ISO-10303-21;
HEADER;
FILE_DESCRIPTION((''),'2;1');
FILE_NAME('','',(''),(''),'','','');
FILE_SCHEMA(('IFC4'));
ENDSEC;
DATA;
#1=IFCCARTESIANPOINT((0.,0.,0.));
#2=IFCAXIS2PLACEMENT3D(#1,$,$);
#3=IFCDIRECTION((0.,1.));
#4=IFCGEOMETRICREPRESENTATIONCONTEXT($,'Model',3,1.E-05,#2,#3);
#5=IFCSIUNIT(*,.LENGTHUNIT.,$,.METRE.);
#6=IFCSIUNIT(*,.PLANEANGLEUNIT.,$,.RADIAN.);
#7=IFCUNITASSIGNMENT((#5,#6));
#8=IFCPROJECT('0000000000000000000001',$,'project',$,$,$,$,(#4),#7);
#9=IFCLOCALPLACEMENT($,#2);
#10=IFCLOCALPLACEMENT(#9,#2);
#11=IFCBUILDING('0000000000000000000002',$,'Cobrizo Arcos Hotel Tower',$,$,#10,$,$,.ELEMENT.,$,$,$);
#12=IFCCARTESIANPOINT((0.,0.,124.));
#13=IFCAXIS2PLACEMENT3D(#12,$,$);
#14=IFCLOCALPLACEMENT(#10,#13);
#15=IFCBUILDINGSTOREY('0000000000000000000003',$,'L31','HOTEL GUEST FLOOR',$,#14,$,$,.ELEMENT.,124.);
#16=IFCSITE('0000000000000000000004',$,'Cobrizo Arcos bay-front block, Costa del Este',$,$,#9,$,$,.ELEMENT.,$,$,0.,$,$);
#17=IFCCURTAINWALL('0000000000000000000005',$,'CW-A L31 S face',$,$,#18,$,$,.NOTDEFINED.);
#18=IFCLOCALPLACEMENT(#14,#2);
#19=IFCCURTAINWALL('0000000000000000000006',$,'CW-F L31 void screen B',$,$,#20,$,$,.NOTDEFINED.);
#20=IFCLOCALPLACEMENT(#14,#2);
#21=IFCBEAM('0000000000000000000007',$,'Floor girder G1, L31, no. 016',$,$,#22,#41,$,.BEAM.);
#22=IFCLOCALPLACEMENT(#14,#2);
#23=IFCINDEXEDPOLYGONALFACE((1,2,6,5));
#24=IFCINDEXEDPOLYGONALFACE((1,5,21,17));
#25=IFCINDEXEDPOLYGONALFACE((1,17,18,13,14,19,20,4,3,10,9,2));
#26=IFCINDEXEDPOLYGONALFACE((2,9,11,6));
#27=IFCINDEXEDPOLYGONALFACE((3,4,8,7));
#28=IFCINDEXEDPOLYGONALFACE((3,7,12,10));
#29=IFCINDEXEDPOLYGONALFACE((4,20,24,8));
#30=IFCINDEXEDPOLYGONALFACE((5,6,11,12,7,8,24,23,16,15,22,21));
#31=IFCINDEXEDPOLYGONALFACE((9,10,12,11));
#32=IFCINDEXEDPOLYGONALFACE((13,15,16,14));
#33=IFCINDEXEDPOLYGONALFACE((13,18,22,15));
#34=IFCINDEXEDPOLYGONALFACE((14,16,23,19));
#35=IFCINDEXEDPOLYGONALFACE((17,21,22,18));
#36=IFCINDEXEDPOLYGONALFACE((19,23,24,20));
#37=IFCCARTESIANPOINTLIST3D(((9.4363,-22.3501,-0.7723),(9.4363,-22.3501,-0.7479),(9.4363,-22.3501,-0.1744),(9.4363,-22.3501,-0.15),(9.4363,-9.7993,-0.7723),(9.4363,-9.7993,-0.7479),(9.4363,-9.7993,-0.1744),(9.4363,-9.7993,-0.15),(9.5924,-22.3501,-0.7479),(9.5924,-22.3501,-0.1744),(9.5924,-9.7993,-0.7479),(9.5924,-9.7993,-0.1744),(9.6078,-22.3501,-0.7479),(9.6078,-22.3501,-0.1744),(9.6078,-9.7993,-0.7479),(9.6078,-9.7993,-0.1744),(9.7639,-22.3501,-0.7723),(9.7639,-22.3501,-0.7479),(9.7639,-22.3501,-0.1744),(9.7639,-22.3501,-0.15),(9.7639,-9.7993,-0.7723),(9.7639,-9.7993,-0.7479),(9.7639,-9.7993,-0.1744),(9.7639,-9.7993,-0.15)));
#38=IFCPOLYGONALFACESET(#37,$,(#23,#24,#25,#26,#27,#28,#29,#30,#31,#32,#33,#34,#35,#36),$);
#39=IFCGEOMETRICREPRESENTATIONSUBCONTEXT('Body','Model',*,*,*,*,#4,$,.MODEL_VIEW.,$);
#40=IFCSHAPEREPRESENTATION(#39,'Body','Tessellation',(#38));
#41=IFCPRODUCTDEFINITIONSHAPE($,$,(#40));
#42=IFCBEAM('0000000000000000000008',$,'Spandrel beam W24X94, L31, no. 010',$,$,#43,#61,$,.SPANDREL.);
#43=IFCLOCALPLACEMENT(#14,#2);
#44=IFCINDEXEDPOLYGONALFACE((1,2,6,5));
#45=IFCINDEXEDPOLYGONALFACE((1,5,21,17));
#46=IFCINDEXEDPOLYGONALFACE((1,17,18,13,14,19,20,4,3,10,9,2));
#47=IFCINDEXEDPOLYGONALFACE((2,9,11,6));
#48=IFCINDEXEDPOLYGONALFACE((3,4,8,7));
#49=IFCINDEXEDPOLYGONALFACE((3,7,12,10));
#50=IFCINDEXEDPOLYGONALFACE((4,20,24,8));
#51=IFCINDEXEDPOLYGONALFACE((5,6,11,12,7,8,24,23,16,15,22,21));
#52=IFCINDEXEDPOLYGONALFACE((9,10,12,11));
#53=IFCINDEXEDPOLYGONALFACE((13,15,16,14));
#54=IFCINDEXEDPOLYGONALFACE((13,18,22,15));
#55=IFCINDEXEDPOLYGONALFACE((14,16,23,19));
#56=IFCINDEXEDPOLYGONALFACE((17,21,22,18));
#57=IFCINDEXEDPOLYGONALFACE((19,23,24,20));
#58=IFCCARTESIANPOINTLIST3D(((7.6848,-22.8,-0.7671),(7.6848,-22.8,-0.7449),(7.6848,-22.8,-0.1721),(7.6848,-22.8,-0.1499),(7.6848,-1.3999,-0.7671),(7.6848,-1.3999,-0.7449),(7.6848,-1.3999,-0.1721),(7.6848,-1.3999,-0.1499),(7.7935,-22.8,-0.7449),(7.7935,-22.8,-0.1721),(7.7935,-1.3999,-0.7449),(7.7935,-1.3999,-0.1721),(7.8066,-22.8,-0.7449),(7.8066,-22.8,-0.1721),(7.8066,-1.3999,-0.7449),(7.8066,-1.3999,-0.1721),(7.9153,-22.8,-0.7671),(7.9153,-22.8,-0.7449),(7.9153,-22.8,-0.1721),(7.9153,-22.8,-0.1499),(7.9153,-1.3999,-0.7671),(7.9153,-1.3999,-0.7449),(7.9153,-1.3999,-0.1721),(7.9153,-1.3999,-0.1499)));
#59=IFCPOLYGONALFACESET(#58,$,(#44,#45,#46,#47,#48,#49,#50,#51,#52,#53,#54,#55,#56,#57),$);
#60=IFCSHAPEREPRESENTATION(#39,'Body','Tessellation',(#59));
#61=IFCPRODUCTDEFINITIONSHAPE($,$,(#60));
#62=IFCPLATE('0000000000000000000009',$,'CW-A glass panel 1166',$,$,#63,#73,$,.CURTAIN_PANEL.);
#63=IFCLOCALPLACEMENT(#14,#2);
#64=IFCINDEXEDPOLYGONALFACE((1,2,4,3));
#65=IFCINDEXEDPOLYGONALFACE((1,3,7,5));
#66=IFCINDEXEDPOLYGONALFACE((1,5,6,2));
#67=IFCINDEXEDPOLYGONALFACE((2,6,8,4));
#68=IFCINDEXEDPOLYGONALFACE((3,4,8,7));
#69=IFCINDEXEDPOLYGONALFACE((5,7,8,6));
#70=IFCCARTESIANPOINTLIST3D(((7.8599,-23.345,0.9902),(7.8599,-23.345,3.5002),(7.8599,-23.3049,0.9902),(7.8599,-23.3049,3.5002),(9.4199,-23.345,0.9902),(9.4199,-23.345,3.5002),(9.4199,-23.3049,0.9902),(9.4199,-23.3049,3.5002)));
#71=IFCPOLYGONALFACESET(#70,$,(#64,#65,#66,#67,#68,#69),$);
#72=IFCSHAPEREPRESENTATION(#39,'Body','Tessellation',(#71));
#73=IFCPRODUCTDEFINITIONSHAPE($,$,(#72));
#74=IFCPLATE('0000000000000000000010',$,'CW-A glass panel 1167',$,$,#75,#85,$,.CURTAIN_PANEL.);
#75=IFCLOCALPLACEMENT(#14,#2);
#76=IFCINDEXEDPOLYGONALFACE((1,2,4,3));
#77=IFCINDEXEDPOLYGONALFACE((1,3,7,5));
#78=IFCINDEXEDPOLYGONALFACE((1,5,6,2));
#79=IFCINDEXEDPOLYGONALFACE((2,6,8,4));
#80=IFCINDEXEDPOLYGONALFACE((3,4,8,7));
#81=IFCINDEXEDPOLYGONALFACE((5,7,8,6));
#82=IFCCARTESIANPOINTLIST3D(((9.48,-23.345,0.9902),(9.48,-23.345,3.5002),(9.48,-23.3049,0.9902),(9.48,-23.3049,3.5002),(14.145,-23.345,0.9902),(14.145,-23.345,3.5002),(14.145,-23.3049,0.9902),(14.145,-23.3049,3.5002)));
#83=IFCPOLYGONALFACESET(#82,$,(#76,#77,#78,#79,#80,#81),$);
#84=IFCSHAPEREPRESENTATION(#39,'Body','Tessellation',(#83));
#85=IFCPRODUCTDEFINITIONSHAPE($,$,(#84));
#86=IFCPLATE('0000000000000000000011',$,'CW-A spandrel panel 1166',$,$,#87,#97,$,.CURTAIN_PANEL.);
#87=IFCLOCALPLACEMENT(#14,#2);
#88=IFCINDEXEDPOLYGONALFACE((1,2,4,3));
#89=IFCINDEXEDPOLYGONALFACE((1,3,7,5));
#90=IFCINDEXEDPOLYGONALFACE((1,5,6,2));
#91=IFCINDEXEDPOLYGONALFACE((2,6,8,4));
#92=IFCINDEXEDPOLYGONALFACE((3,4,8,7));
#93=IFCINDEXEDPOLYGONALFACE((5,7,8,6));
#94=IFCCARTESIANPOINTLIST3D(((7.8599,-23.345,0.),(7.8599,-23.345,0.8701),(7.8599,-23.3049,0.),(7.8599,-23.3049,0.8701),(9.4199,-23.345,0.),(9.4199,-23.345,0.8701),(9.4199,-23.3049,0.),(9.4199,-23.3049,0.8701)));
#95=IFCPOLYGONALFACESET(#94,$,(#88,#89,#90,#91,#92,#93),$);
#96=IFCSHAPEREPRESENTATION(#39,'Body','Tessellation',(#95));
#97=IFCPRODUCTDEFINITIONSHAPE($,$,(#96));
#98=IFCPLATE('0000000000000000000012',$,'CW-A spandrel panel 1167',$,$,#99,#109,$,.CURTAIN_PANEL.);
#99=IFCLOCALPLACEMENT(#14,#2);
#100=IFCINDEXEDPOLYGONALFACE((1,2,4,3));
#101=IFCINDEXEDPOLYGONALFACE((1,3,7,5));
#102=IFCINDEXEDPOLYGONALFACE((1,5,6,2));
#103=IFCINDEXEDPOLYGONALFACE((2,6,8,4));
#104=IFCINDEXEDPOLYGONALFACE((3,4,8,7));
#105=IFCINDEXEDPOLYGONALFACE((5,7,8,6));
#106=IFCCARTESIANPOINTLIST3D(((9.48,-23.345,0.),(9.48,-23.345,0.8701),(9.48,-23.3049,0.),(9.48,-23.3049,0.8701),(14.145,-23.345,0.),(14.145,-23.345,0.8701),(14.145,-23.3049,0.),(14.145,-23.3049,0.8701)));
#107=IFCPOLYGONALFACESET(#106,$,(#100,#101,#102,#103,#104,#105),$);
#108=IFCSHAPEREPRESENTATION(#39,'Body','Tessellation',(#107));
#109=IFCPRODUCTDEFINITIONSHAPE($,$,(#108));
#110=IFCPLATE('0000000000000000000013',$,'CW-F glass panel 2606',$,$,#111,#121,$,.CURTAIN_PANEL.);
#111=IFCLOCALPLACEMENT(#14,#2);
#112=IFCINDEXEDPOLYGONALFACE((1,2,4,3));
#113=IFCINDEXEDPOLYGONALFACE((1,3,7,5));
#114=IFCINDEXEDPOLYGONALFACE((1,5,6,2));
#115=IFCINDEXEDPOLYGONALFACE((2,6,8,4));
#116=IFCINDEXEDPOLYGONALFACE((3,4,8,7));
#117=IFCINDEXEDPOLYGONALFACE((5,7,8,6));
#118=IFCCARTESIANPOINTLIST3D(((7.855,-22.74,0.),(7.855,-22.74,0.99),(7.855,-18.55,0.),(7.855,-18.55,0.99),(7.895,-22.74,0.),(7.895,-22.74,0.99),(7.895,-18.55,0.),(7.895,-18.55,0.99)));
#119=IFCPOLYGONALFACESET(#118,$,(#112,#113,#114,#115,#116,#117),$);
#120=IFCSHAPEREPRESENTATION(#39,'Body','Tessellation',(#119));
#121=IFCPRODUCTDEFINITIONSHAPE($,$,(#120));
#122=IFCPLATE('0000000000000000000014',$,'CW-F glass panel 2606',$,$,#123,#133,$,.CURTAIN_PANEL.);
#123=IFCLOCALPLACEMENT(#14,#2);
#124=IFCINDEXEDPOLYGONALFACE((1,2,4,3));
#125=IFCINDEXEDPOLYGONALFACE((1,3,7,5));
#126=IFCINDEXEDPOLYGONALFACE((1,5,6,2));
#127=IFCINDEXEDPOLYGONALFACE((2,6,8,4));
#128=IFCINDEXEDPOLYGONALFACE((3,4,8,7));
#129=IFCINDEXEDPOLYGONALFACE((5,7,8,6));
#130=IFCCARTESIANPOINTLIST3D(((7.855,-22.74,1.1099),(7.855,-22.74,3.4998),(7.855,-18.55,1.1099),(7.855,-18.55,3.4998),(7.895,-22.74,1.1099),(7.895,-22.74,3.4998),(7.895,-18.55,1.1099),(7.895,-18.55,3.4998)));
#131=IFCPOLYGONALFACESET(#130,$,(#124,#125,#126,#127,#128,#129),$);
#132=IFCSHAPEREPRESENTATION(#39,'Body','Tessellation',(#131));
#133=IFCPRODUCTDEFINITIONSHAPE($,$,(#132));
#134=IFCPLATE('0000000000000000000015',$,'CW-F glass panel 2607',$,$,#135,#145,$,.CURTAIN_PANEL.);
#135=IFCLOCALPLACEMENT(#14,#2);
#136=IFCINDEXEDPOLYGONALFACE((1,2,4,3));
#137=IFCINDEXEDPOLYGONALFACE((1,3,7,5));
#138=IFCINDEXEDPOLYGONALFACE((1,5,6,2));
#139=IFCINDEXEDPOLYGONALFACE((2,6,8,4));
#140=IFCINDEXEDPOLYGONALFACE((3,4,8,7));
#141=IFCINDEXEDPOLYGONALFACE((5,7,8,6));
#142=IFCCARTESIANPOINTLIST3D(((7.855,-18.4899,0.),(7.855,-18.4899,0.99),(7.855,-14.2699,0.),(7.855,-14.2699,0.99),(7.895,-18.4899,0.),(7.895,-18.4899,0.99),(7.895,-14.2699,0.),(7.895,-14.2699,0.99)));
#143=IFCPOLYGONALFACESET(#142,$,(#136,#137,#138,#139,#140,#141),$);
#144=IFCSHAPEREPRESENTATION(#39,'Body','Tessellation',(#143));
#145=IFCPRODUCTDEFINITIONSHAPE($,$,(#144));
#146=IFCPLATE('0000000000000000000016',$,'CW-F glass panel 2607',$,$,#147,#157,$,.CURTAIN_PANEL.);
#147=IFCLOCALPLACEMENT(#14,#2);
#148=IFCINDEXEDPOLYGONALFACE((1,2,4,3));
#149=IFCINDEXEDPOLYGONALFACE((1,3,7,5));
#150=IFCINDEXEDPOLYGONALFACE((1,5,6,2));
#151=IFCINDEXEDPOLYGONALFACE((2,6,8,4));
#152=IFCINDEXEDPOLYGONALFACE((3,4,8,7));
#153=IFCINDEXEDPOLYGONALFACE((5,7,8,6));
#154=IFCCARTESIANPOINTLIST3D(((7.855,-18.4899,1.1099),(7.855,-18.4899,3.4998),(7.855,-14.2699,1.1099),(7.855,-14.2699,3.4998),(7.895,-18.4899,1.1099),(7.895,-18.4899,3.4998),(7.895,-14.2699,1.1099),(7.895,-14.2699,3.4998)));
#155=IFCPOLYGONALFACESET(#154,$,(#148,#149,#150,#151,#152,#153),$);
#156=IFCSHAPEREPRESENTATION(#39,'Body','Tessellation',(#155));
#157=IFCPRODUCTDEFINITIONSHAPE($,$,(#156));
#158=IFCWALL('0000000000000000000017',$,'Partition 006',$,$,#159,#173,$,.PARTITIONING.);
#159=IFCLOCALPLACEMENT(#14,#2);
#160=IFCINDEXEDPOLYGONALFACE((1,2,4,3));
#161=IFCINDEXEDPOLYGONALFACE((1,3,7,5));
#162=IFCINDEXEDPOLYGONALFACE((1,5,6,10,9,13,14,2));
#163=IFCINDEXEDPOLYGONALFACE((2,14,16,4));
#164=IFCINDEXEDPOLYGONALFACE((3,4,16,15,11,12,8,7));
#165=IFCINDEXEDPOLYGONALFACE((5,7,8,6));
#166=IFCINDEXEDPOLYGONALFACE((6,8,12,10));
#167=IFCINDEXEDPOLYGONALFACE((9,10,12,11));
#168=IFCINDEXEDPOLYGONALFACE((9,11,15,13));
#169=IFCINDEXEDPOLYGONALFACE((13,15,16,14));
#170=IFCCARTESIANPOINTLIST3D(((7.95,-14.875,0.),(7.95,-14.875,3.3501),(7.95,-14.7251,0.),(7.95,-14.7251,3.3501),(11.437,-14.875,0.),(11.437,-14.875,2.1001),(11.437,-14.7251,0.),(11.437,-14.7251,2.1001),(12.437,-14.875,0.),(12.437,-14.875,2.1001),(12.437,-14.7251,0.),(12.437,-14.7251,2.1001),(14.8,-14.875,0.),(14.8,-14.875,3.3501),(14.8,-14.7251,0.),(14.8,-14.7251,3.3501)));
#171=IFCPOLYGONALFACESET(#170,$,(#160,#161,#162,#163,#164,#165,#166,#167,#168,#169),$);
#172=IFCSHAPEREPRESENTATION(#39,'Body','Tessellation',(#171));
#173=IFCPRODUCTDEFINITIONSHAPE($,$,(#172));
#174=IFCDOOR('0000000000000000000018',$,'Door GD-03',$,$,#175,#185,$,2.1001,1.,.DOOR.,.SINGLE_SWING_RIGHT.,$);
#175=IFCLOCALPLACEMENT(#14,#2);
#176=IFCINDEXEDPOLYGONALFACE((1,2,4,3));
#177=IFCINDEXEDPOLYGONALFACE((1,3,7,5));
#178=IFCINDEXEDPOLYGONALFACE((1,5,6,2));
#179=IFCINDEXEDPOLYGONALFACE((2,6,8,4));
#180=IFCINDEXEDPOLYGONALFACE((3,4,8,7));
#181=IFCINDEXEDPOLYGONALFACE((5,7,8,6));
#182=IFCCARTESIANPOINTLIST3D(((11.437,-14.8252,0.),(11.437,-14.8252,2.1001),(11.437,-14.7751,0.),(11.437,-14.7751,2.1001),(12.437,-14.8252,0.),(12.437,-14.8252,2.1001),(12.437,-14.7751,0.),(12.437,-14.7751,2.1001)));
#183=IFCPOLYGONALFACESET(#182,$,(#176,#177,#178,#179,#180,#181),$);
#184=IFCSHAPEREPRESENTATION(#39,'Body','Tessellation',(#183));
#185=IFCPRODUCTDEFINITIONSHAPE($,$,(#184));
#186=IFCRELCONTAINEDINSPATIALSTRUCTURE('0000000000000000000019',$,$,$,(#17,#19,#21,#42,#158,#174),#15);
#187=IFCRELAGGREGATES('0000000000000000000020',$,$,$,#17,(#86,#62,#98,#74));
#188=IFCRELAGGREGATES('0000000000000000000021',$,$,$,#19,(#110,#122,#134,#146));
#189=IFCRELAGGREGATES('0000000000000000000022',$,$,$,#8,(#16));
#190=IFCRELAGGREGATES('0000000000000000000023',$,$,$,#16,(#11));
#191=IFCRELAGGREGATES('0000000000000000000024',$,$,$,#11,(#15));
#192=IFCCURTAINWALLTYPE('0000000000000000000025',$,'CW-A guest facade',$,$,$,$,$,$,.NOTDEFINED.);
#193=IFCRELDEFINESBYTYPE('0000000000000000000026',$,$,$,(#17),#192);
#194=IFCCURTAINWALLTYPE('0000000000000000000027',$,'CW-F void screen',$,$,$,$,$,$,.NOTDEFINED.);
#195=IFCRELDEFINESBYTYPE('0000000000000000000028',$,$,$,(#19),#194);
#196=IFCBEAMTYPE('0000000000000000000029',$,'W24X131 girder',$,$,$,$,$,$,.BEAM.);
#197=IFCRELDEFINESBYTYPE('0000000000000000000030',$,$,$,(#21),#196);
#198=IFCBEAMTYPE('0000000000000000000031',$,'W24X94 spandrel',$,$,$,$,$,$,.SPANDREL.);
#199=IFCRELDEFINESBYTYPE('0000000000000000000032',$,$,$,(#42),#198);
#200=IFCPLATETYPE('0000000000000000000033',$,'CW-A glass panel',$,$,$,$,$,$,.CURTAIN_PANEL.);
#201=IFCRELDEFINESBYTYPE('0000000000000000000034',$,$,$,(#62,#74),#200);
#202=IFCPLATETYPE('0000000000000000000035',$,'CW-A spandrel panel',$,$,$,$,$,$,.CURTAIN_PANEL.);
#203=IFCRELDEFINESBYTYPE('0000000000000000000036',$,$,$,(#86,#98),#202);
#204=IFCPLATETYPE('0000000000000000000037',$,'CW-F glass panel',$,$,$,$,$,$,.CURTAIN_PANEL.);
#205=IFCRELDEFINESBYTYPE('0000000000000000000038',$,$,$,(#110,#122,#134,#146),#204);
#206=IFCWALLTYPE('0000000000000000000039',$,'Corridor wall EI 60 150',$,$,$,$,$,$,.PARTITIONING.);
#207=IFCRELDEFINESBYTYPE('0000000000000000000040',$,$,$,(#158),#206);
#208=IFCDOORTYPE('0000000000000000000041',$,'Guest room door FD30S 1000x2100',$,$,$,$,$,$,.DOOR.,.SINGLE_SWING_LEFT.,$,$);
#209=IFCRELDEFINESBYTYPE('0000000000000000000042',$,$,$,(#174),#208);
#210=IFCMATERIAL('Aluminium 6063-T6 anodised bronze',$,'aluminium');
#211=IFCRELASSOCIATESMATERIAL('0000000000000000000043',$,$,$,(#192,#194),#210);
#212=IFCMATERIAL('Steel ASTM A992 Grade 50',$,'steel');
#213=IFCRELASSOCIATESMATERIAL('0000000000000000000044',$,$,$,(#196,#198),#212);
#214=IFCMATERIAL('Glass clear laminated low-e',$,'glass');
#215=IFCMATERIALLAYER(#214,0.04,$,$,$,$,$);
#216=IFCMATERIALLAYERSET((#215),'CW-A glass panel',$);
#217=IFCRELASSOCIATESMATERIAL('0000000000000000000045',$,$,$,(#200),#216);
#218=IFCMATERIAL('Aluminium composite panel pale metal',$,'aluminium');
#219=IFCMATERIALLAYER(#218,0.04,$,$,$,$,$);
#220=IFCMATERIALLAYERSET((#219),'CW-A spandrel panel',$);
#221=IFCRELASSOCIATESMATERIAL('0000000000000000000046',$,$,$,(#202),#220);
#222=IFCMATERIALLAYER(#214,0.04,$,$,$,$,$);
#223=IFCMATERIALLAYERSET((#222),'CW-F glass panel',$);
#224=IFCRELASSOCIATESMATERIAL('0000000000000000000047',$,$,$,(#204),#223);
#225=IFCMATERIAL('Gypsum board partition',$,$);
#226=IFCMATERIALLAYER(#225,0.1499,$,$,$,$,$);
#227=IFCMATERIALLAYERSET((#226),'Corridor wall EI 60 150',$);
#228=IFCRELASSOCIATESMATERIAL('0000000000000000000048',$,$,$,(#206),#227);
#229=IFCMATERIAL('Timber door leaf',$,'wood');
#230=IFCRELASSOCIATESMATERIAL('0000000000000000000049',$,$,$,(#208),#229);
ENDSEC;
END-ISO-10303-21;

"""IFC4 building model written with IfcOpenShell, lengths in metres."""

from ifc_helpers import new_model, si_unit, direction, frame, frame_2d, origin, origin_2d, place, context, subcontext, project, spatial, rectangle, i_section, extrude, material, layer, layer_set, material_profile, profile_set, type_object, element, fill, aggregate, save


model = new_model("IFC4")

# Units and contexts
model_context = context("Model", 3, precision=1e-05, world=origin(), true_north=direction((0.0, 1.0)))
body_context = subcontext(model_context, "Body", "Model", "MODEL_VIEW")
ifc_project = project(units=[si_unit("LENGTHUNIT", "METRE"), si_unit("PLANEANGLEUNIT", "RADIAN")], contexts=[model_context])

# Site, building, storey
site_placement = place(None, origin())
site = spatial("IfcSite", under=ifc_project, at=site_placement, Name="Cobrizo Arcos bay-front block, Costa del Este", CompositionType="ELEMENT", RefElevation=0.0)
building_placement = place(site_placement, origin())
building = spatial("IfcBuilding", under=site, at=building_placement, Name="Cobrizo Arcos Hotel Tower", CompositionType="ELEMENT")
storey_placement = place(building_placement, frame((0.0, 0.0, 124.0)))
storey = spatial("IfcBuildingStorey", under=building, at=storey_placement, Name="L31", Description="HOTEL GUEST FLOOR", CompositionType="ELEMENT", Elevation=124.0)

# Curtain walls
ifc_material_1 = material(Name="Aluminium 6063-T6 anodised bronze", Category="aluminium")
curtain_wall_type_1 = type_object("IfcCurtainWallType", Name="CW-A guest facade", PredefinedType="NOTDEFINED", material=ifc_material_1)
curtain_wall_1_placement = place(storey_placement, origin())
curtain_wall_1 = element("IfcCurtainWall", 1, at=curtain_wall_1_placement, inside=storey, type_object=curtain_wall_type_1, Name="CW-A L31 S face", PredefinedType="NOTDEFINED")
curtain_wall_type_2 = type_object("IfcCurtainWallType", Name="CW-F void screen", PredefinedType="NOTDEFINED", material=ifc_material_1)
curtain_wall_2_placement = place(storey_placement, origin())
curtain_wall_2 = element("IfcCurtainWall", 2, at=curtain_wall_2_placement, inside=storey, type_object=curtain_wall_type_2, Name="CW-F L31 void screen B", PredefinedType="NOTDEFINED")

# Beams
ifc_material_2 = material(Name="Steel ASTM A992 Grade 50", Category="steel")
ifc_material_profile_1 = material_profile(ifc_material_2, i_section(OverallWidth=0.3276, OverallDepth=0.6223, WebThickness=0.0154, FlangeThickness=0.0244, at=origin_2d()), Name="W24X131")
ifc_profile_set_1 = profile_set([ifc_material_profile_1], Name="Steel ASTM A992 Grade 50")
beam_type_1 = type_object("IfcBeamType", Name="W24X131 girder", PredefinedType="BEAM", material=ifc_profile_set_1)
beam_1_placement = place(storey_placement, frame((9.6001, -22.3501, -0.4612), z_axis=(0.0, 1.0, 0.0), x_axis=(-1.0, 0.0, 0.0)))
element("IfcBeam", 3, at=beam_1_placement, inside=storey, type_object=beam_type_1, Name="Floor girder G1, L31, no. 016", PredefinedType="BEAM", context=body_context, shape_type="SweptSolid", body=[
    extrude(i_section(OverallWidth=0.3276, OverallDepth=0.6223, WebThickness=0.0154, FlangeThickness=0.0244, at=origin_2d()), origin(), (0.0, 0.0, 1.0), 12.5508),
])
ifc_material_profile_2 = material_profile(ifc_material_2, i_section(OverallWidth=0.2305, OverallDepth=0.6172, WebThickness=0.0132, FlangeThickness=0.0222, at=origin_2d()), Name="W24X94")
ifc_profile_set_2 = profile_set([ifc_material_profile_2], Name="Steel ASTM A992 Grade 50")
beam_type_2 = type_object("IfcBeamType", Name="W24X94 spandrel", PredefinedType="SPANDREL", material=ifc_profile_set_2)
beam_2_placement = place(storey_placement, frame((7.8, -22.8, -0.4585), z_axis=(0.0, 1.0, 0.0), x_axis=(-1.0, 0.0, 0.0)))
element("IfcBeam", 4, at=beam_2_placement, inside=storey, type_object=beam_type_2, Name="Spandrel beam W24X94, L31, no. 010", PredefinedType="SPANDREL", context=body_context, shape_type="SweptSolid", body=[
    extrude(i_section(OverallWidth=0.2305, OverallDepth=0.6172, WebThickness=0.0132, FlangeThickness=0.0222, at=origin_2d()), origin(), (0.0, 0.0, 1.0), 21.4001),
])

# Plates
ifc_material_3 = material(Name="Glass clear laminated low-e", Category="glass")
ifc_layer_1 = layer(ifc_material_3, 0.04)
ifc_layer_set_1 = layer_set([ifc_layer_1], Name="CW-A glass panel")
plate_type_1 = type_object("IfcPlateType", Name="CW-A glass panel", PredefinedType="CURTAIN_PANEL", material=ifc_layer_set_1)
plate_1_placement = place(storey_placement, frame((8.6399, -23.325, 0.9902), z_axis=(0.0, 0.0, 1.0), x_axis=(1.0, 0.0, 0.0)))
plate_1 = element("IfcPlate", 5, at=plate_1_placement, type_object=plate_type_1, Name="CW-A glass panel 1166", PredefinedType="CURTAIN_PANEL", context=body_context, shape_type="SweptSolid", body=[
    extrude(rectangle(XDim=1.5601, YDim=0.04, at=origin_2d()), origin(), (0.0, 0.0, 1.0), 2.51),
])
plate_2_placement = place(storey_placement, frame((11.8125, -23.325, 0.9902), z_axis=(0.0, 0.0, 1.0), x_axis=(1.0, 0.0, 0.0)))
plate_2 = element("IfcPlate", 6, at=plate_2_placement, type_object=plate_type_1, Name="CW-A glass panel 1167", PredefinedType="CURTAIN_PANEL", context=body_context, shape_type="SweptSolid", body=[
    extrude(rectangle(XDim=4.665, YDim=0.04, at=origin_2d()), origin(), (0.0, 0.0, 1.0), 2.51),
])
ifc_material_4 = material(Name="Aluminium composite panel pale metal", Category="aluminium")
ifc_layer_2 = layer(ifc_material_4, 0.04)
ifc_layer_set_2 = layer_set([ifc_layer_2], Name="CW-A spandrel panel")
plate_type_2 = type_object("IfcPlateType", Name="CW-A spandrel panel", PredefinedType="CURTAIN_PANEL", material=ifc_layer_set_2)
plate_3_placement = place(storey_placement, frame((8.6399, -23.325, 0.0), z_axis=(0.0, 0.0, 1.0), x_axis=(1.0, 0.0, 0.0)))
plate_3 = element("IfcPlate", 7, at=plate_3_placement, type_object=plate_type_2, Name="CW-A spandrel panel 1166", PredefinedType="CURTAIN_PANEL", context=body_context, shape_type="SweptSolid", body=[
    extrude(rectangle(XDim=1.5601, YDim=0.04, at=origin_2d()), origin(), (0.0, 0.0, 1.0), 0.8701),
])
plate_4_placement = place(storey_placement, frame((11.8125, -23.325, 0.0), z_axis=(0.0, 0.0, 1.0), x_axis=(1.0, 0.0, 0.0)))
plate_4 = element("IfcPlate", 8, at=plate_4_placement, type_object=plate_type_2, Name="CW-A spandrel panel 1167", PredefinedType="CURTAIN_PANEL", context=body_context, shape_type="SweptSolid", body=[
    extrude(rectangle(XDim=4.665, YDim=0.04, at=origin_2d()), origin(), (0.0, 0.0, 1.0), 0.8701),
])
aggregate(curtain_wall_1, [plate_3, plate_1, plate_4, plate_2])
ifc_layer_3 = layer(ifc_material_3, 0.04)
ifc_layer_set_3 = layer_set([ifc_layer_3], Name="CW-F glass panel")
plate_type_3 = type_object("IfcPlateType", Name="CW-F glass panel", PredefinedType="CURTAIN_PANEL", material=ifc_layer_set_3)
plate_5_placement = place(storey_placement, frame((7.875, -20.645, 0.0), z_axis=(0.0, 0.0, 1.0), x_axis=(0.0, 1.0, 0.0)))
plate_5 = element("IfcPlate", 9, at=plate_5_placement, type_object=plate_type_3, Name="CW-F glass panel 2606", PredefinedType="CURTAIN_PANEL", context=body_context, shape_type="SweptSolid", body=[
    extrude(rectangle(XDim=4.1899, YDim=0.04, at=origin_2d()), origin(), (0.0, 0.0, 1.0), 0.99),
])
plate_6_placement = place(storey_placement, frame((7.875, -20.645, 1.1099), z_axis=(0.0, 0.0, 1.0), x_axis=(0.0, 1.0, 0.0)))
plate_6 = element("IfcPlate", 10, at=plate_6_placement, type_object=plate_type_3, Name="CW-F glass panel 2606", PredefinedType="CURTAIN_PANEL", context=body_context, shape_type="SweptSolid", body=[
    extrude(rectangle(XDim=4.1899, YDim=0.04, at=origin_2d()), origin(), (0.0, 0.0, 1.0), 2.3899),
])
plate_7_placement = place(storey_placement, frame((7.875, -16.3799, 0.0), z_axis=(0.0, 0.0, 1.0), x_axis=(0.0, 1.0, 0.0)))
plate_7 = element("IfcPlate", 11, at=plate_7_placement, type_object=plate_type_3, Name="CW-F glass panel 2607", PredefinedType="CURTAIN_PANEL", context=body_context, shape_type="SweptSolid", body=[
    extrude(rectangle(XDim=4.22, YDim=0.04, at=origin_2d()), origin(), (0.0, 0.0, 1.0), 0.99),
])
plate_8_placement = place(storey_placement, frame((7.875, -16.3799, 1.1099), z_axis=(0.0, 0.0, 1.0), x_axis=(0.0, 1.0, 0.0)))
plate_8 = element("IfcPlate", 12, at=plate_8_placement, type_object=plate_type_3, Name="CW-F glass panel 2607", PredefinedType="CURTAIN_PANEL", context=body_context, shape_type="SweptSolid", body=[
    extrude(rectangle(XDim=4.22, YDim=0.04, at=origin_2d()), origin(), (0.0, 0.0, 1.0), 2.3899),
])
aggregate(curtain_wall_2, [plate_5, plate_6, plate_7, plate_8])

# Wall, opening, door
ifc_material_5 = material(Name="Gypsum board partition")
ifc_layer_4 = layer(ifc_material_5, 0.1499)
ifc_layer_set_4 = layer_set([ifc_layer_4], Name="Corridor wall EI 60 150")
wall_type_1 = type_object("IfcWallType", Name="Corridor wall EI 60 150", PredefinedType="PARTITIONING", material=ifc_layer_set_4)
wall_1_placement = place(storey_placement, frame((7.95, -14.8, 0.0), z_axis=(0.0, 0.0, 1.0), x_axis=(1.0, 0.0, 0.0)))
wall_1 = element("IfcWall", 13, at=wall_1_placement, inside=storey, type_object=wall_type_1, Name="Partition 006", PredefinedType="PARTITIONING", context=body_context, shape_type="SweptSolid", body=[
    extrude(rectangle(XDim=6.8501, YDim=0.1499, at=frame_2d((3.425, 0.0))), origin(), (0.0, 0.0, 1.0), 3.3501),
])
opening_1_placement = place(wall_1_placement, frame((3.4871, 0.0, 0.0)))
opening_1 = element("IfcOpeningElement", 14, at=opening_1_placement, cuts=wall_1, PredefinedType="OPENING", context=body_context, shape_type="SweptSolid", body=[
    extrude(rectangle(XDim=1.0, YDim=2.1001, at=frame_2d((0.5, 1.05))), frame((0.0, 0.0869, 0.0), z_axis=(0.0, -1.0, 0.0), x_axis=(1.0, 0.0, 0.0)), (0.0, 0.0, 1.0), 0.1738),
])
ifc_material_6 = material(Name="Timber door leaf", Category="wood")
door_type_1 = type_object("IfcDoorType", Name="Guest room door FD30S 1000x2100", OperationType="SINGLE_SWING_LEFT", PredefinedType="DOOR", material=ifc_material_6)
door_1_placement = place(opening_1_placement, origin())
door_1 = element("IfcDoor", 15, at=door_1_placement, inside=storey, type_object=door_type_1, Name="Door GD-03", OperationType="SINGLE_SWING_RIGHT", OverallHeight=2.1001, OverallWidth=1.0, PredefinedType="DOOR", context=body_context, shape_type="SweptSolid", body=[
    extrude(rectangle(XDim=1.0, YDim=2.1001, at=frame_2d((0.5, 1.05))), frame((0.0, 0.0249, 0.0), z_axis=(0.0, -1.0, 0.0), x_axis=(1.0, 0.0, 0.0)), (0.0, 0.0, 1.0), 0.05),
])
fill(opening_1, door_1)

save(model, "model.ifc")
